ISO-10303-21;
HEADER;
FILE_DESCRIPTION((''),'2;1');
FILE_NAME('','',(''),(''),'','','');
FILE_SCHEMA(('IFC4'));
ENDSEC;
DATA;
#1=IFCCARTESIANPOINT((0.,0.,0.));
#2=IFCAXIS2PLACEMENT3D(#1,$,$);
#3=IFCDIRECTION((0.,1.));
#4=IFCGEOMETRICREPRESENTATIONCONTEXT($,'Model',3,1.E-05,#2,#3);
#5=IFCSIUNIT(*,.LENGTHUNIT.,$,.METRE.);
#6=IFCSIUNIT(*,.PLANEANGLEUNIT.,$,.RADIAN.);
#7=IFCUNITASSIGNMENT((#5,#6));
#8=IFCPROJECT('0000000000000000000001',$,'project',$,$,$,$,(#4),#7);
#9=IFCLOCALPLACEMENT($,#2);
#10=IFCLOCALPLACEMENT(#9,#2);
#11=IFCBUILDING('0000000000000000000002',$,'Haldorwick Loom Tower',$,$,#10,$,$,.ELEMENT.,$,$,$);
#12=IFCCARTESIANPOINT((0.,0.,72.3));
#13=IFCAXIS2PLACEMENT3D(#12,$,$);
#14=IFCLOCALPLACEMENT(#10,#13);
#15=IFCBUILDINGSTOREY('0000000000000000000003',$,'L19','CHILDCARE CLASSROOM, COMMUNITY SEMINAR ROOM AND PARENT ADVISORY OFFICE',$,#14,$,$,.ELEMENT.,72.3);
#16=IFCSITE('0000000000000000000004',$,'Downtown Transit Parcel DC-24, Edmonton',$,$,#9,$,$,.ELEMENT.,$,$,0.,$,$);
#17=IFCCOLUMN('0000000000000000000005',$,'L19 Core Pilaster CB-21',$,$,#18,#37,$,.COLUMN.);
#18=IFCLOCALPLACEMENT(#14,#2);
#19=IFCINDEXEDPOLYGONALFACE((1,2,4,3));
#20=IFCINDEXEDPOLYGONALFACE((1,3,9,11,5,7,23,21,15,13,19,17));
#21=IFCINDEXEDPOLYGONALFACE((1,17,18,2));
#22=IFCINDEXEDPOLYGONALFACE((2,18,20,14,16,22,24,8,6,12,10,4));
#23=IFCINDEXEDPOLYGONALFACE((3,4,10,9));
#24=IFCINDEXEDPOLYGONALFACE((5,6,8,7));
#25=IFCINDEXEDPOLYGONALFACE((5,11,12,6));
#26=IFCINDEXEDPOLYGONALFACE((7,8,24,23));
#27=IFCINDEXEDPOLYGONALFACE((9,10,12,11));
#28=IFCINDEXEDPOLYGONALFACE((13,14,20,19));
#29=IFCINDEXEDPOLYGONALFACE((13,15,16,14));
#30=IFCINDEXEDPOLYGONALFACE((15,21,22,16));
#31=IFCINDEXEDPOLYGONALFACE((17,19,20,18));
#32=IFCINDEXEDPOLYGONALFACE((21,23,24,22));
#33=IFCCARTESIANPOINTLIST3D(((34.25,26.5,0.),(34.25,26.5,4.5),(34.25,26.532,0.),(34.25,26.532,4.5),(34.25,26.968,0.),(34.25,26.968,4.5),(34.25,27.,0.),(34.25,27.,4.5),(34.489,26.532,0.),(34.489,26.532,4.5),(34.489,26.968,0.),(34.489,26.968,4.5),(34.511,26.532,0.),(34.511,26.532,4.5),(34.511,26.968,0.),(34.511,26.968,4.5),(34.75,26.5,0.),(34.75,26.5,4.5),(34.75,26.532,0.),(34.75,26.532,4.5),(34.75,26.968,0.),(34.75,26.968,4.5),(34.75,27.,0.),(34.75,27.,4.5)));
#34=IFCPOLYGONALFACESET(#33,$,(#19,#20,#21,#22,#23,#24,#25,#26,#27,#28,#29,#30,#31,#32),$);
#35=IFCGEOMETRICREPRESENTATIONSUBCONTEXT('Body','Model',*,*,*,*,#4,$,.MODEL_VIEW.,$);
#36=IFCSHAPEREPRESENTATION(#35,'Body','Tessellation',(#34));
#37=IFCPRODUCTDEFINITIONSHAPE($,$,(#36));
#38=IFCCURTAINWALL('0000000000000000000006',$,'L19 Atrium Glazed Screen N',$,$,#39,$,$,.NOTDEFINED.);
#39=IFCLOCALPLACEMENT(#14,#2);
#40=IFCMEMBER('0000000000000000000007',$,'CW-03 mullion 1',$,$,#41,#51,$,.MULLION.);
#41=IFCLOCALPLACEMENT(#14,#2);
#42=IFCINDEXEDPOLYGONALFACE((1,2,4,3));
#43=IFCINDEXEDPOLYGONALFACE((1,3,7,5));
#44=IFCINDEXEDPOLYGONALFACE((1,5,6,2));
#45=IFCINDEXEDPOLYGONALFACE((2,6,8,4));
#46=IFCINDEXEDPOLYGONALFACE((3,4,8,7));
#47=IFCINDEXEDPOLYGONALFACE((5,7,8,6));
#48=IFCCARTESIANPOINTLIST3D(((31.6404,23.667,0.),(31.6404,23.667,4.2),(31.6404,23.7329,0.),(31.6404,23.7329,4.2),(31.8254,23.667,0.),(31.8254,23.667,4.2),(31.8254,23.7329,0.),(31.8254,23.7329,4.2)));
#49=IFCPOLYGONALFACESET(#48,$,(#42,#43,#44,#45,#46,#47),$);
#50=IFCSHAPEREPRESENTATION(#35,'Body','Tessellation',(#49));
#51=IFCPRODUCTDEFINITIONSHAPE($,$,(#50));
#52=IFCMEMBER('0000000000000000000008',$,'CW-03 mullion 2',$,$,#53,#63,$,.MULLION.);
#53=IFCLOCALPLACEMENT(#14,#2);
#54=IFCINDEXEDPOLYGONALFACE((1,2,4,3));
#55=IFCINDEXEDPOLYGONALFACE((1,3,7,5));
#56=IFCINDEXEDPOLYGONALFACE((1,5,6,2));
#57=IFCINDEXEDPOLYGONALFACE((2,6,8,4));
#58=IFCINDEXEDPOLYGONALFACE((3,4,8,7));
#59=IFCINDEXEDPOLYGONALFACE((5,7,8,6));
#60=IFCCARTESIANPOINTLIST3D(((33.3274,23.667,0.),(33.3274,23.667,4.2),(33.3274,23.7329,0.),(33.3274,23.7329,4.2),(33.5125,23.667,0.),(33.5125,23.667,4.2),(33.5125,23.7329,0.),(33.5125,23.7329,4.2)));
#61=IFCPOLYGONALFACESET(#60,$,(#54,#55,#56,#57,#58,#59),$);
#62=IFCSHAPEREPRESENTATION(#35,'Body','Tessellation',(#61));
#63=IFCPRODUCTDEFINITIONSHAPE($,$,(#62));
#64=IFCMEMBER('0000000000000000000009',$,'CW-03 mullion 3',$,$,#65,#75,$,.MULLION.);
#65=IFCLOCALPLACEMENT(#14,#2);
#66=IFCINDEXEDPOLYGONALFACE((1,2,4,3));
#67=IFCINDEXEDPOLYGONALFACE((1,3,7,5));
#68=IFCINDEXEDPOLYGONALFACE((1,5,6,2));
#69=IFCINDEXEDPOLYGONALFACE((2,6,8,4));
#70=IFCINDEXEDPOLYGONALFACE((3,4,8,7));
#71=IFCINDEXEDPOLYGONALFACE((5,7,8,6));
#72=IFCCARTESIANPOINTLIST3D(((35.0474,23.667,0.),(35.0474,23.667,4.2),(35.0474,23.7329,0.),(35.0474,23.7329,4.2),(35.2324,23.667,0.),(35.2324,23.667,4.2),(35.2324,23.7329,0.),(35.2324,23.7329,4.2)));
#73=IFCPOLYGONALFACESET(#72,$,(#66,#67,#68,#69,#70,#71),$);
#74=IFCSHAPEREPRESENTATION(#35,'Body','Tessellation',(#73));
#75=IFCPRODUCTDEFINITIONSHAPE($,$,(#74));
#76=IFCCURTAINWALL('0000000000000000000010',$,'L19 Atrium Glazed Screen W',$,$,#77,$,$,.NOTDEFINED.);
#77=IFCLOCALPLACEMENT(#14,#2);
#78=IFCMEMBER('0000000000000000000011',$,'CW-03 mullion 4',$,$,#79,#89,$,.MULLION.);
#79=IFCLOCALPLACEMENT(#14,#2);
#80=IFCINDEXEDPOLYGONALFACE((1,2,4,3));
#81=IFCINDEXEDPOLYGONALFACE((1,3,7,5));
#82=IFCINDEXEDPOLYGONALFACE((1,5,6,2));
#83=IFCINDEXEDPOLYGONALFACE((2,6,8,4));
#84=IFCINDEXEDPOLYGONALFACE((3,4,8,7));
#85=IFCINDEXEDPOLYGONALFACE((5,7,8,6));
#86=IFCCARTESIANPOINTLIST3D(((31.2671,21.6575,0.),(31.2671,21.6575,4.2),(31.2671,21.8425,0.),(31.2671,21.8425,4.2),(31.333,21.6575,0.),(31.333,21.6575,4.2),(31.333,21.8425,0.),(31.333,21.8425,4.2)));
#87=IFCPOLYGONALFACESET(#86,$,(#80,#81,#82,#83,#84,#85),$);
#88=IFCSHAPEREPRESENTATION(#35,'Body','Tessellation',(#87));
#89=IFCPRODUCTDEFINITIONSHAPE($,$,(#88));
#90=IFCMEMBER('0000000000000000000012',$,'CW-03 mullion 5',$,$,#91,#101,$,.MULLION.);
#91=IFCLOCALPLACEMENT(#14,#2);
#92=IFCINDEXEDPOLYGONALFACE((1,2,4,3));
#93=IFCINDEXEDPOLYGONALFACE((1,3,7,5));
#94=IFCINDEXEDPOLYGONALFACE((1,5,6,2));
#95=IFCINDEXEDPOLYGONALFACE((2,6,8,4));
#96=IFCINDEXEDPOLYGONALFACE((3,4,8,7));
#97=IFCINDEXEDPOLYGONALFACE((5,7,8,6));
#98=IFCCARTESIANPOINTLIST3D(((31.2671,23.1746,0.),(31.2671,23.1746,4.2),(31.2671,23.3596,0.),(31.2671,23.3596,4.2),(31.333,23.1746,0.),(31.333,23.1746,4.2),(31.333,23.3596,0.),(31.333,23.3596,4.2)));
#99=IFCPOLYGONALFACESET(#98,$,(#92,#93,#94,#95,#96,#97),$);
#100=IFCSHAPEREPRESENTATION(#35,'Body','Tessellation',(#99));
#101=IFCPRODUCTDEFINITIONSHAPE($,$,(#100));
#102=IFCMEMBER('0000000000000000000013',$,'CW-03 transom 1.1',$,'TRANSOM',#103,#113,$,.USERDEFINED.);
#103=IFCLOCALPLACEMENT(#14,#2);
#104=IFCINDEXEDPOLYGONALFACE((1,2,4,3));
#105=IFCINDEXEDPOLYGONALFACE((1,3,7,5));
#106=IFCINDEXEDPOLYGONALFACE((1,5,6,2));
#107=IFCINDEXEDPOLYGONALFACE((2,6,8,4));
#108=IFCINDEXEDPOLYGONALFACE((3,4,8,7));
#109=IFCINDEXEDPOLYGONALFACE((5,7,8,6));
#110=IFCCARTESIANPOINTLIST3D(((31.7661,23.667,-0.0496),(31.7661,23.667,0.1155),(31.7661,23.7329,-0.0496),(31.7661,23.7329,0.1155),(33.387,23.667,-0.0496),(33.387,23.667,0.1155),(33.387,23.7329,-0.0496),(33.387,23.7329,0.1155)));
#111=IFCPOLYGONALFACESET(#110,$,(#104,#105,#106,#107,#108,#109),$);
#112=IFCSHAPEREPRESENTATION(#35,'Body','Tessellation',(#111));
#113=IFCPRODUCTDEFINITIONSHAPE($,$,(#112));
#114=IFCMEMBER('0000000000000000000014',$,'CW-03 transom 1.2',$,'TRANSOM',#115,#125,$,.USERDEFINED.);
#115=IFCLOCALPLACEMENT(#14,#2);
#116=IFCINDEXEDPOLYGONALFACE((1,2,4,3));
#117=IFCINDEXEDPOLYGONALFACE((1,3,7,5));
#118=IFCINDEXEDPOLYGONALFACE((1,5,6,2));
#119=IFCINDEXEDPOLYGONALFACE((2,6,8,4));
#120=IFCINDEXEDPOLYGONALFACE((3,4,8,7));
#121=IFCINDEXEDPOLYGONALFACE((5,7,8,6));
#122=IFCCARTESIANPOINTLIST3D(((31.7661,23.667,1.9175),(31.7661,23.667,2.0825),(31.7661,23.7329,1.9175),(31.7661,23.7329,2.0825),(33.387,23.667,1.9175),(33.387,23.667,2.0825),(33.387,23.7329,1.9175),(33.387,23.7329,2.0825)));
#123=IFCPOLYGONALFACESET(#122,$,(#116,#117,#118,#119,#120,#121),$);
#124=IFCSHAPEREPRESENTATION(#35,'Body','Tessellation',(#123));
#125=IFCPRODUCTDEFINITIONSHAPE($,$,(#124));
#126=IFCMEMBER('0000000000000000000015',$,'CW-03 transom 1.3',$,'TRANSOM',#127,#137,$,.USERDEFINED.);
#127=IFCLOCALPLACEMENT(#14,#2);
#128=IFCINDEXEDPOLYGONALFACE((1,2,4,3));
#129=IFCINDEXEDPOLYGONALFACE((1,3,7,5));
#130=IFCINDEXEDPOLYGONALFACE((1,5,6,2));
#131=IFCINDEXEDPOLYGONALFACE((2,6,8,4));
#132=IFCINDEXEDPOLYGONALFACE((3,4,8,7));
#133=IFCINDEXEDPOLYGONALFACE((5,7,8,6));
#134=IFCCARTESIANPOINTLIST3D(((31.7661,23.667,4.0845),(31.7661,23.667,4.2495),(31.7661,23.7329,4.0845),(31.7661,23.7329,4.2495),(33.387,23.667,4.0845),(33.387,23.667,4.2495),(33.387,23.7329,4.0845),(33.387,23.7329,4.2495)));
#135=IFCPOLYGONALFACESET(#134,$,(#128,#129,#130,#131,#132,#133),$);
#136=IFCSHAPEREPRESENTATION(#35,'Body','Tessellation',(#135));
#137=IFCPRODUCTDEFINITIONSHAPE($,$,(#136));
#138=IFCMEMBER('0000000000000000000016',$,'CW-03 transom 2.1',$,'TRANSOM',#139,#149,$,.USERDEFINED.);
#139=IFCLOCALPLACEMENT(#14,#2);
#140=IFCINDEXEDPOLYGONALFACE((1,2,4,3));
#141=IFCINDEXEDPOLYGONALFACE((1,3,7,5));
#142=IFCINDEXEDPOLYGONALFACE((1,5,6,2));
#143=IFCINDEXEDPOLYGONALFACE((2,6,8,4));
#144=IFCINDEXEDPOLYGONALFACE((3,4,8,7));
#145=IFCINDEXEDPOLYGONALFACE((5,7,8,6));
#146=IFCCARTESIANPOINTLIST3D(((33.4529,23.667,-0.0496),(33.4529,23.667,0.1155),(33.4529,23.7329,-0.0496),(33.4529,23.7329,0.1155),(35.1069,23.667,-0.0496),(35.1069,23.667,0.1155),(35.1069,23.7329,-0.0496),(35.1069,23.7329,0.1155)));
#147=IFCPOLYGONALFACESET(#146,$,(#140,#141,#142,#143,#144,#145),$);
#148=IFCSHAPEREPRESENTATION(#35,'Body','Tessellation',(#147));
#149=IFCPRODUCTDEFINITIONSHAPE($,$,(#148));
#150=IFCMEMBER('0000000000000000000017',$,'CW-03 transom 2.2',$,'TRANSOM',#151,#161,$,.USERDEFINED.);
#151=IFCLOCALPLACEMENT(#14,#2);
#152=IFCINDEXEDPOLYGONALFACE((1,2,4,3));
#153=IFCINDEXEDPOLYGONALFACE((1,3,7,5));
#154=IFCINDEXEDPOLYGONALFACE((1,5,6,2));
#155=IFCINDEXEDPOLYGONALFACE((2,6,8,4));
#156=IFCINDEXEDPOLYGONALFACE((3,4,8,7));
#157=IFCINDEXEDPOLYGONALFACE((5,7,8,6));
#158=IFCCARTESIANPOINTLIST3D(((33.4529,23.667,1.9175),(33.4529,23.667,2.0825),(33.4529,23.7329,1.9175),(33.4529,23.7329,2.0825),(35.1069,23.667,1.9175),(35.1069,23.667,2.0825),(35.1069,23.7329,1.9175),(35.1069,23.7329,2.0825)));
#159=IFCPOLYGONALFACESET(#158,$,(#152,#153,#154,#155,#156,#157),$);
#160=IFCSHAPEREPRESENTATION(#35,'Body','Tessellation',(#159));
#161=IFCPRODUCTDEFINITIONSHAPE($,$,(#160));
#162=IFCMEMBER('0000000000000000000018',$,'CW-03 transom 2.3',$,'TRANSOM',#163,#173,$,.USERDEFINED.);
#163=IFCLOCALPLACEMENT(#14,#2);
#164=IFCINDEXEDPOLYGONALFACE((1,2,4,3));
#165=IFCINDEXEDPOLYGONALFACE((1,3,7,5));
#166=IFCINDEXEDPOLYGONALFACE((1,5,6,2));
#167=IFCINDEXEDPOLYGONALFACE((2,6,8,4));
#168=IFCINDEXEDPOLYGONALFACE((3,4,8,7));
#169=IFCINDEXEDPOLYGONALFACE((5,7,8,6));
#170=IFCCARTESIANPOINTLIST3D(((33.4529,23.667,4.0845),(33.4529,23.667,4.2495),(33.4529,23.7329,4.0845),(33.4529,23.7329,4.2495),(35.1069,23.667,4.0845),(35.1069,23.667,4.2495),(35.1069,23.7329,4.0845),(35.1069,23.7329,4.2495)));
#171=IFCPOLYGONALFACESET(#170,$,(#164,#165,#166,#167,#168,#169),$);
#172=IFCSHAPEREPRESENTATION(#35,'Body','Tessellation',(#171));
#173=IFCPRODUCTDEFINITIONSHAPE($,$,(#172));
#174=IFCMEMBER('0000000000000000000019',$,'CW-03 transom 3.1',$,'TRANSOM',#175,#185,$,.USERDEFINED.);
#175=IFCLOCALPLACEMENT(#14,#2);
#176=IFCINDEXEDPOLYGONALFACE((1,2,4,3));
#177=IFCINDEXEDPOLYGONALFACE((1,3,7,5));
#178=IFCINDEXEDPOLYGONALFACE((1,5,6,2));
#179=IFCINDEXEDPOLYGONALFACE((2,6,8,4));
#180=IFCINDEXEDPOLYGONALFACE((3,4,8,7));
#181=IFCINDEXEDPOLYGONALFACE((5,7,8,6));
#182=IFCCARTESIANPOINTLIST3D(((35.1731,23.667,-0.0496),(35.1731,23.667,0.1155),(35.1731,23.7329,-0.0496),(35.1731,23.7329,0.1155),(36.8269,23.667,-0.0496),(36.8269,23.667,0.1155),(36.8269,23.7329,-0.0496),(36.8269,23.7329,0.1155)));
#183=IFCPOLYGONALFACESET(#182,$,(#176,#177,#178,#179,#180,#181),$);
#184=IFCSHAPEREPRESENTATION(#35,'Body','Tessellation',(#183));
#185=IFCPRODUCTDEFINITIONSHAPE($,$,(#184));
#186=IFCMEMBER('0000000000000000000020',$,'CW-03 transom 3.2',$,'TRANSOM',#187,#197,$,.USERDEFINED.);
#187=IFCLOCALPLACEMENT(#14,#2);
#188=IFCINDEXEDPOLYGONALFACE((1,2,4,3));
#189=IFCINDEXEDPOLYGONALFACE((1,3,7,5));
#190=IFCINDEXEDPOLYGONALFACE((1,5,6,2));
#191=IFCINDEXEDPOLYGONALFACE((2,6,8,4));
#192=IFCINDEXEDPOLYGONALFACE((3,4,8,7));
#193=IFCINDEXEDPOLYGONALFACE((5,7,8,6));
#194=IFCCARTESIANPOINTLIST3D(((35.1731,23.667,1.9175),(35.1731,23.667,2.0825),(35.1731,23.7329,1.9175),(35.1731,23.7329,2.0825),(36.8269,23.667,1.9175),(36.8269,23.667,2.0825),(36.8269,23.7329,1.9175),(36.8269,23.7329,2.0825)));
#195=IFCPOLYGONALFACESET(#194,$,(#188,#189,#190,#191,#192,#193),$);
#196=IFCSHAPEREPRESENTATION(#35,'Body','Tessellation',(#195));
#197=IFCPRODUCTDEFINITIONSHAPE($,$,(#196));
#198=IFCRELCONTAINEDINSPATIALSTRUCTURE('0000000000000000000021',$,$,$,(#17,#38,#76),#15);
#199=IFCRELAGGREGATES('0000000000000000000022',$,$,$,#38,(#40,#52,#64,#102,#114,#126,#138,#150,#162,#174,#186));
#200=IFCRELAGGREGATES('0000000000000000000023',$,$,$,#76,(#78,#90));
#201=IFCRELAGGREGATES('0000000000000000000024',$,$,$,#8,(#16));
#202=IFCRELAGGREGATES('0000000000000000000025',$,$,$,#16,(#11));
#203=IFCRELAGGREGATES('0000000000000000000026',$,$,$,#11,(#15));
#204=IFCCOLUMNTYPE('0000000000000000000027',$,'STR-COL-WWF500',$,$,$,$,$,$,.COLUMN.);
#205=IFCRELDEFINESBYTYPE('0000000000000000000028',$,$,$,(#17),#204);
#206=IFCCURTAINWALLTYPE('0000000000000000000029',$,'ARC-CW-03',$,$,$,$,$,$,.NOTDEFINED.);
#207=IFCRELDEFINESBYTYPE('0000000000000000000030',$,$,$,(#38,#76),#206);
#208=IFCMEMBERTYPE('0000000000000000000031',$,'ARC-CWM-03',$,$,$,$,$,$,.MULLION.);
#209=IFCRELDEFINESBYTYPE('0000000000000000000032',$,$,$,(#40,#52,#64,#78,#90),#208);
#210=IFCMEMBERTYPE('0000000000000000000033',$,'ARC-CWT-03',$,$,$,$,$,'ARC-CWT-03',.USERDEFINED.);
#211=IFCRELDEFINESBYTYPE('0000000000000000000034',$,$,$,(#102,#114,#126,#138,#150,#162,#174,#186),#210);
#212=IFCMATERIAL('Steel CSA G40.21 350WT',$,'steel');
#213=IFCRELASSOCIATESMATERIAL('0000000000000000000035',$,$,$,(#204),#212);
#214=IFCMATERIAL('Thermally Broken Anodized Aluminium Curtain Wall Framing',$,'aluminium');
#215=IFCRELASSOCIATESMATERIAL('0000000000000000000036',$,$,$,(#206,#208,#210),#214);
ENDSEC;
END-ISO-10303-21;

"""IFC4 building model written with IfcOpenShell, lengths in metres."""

from ifc_helpers import new_model, si_unit, direction, frame, origin, origin_2d, place, context, subcontext, project, spatial, rectangle, i_section, extrude, material, material_profile, profile_set, type_object, element, aggregate, save


model = new_model("IFC4")

# Units and contexts
model_context = context("Model", 3, precision=1e-05, world=origin(), true_north=direction((0.0, 1.0)))
body_context = subcontext(model_context, "Body", "Model", "MODEL_VIEW")
ifc_project = project(units=[si_unit("LENGTHUNIT", "METRE"), si_unit("PLANEANGLEUNIT", "RADIAN")], contexts=[model_context])

# Site, building, storey
site_placement = place(None, origin())
site = spatial("IfcSite", under=ifc_project, at=site_placement, Name="Downtown Transit Parcel DC-24, Edmonton", CompositionType="ELEMENT", RefElevation=0.0)
building_placement = place(site_placement, origin())
building = spatial("IfcBuilding", under=site, at=building_placement, Name="Haldorwick Loom Tower", CompositionType="ELEMENT")
storey_placement = place(building_placement, frame((0.0, 0.0, 72.3)))
storey = spatial("IfcBuildingStorey", under=building, at=storey_placement, Name="L19", Description="CHILDCARE CLASSROOM, COMMUNITY SEMINAR ROOM AND PARENT ADVISORY OFFICE", CompositionType="ELEMENT", Elevation=72.3)

# Column
ifc_material_1 = material(Name="Steel CSA G40.21 350WT", Category="steel")
ifc_material_profile_1 = material_profile(ifc_material_1, i_section(OverallWidth=0.5, OverallDepth=0.5, WebThickness=0.022, FlangeThickness=0.032, at=origin_2d()), Name="WWF500X500", Category="steel")
ifc_profile_set_1 = profile_set([ifc_material_profile_1], Name="Steel CSA G40.21 350WT")
column_type = type_object("IfcColumnType", Name="STR-COL-WWF500", PredefinedType="COLUMN", material=ifc_profile_set_1)
column_placement = place(storey_placement, frame((34.5, 26.75, 0.0), z_axis=(0.0, 0.0, 1.0), x_axis=(1.0, 0.0, 0.0)))
element("IfcColumn", 1, at=column_placement, inside=storey, type_object=column_type, Name="L19 Core Pilaster CB-21", PredefinedType="COLUMN", context=body_context, shape_type="SweptSolid", body=[
    extrude(i_section(OverallWidth=0.5, OverallDepth=0.5, WebThickness=0.022, FlangeThickness=0.032, at=origin_2d()), origin(), (0.0, 0.0, 1.0), 4.5),
])

# Curtain walls, members
ifc_material_2 = material(Name="Thermally Broken Anodized Aluminium Curtain Wall Framing", Category="aluminium")
curtain_wall_type = type_object("IfcCurtainWallType", Name="ARC-CW-03", PredefinedType="NOTDEFINED", material=ifc_material_2)
curtain_wall_1_placement = place(storey_placement, origin())
curtain_wall_1 = element("IfcCurtainWall", 2, at=curtain_wall_1_placement, inside=storey, type_object=curtain_wall_type, Name="L19 Atrium Glazed Screen N", PredefinedType="NOTDEFINED")
ifc_material_profile_2 = material_profile(ifc_material_2, rectangle(XDim=0.0659, YDim=0.1851, at=origin_2d()), Name="ALU_MUL_66X185", Category="aluminium")
ifc_profile_set_2 = profile_set([ifc_material_profile_2], Name="Thermally Broken Anodized Aluminium Curtain Wall Framing")
member_type_1 = type_object("IfcMemberType", Name="ARC-CWM-03", PredefinedType="MULLION", material=ifc_profile_set_2)
member_1_placement = place(storey_placement, frame((31.7329, 23.7, 0.0), z_axis=(0.0, 0.0, 1.0), x_axis=(0.0, 1.0, 0.0)))
member_1 = element("IfcMember", 3, at=member_1_placement, type_object=member_type_1, Name="CW-03 mullion 1", PredefinedType="MULLION", context=body_context, shape_type="SweptSolid", body=[
    extrude(rectangle(XDim=0.0659, YDim=0.1851, at=origin_2d()), origin(), (0.0, 0.0, 1.0), 4.2),
])
member_2_placement = place(storey_placement, frame((33.4199, 23.7, 0.0), z_axis=(0.0, 0.0, 1.0), x_axis=(0.0, 1.0, 0.0)))
member_2 = element("IfcMember", 4, at=member_2_placement, type_object=member_type_1, Name="CW-03 mullion 2", PredefinedType="MULLION", context=body_context, shape_type="SweptSolid", body=[
    extrude(rectangle(XDim=0.0659, YDim=0.1851, at=origin_2d()), origin(), (0.0, 0.0, 1.0), 4.2),
])
member_3_placement = place(storey_placement, frame((35.1399, 23.7, 0.0), z_axis=(0.0, 0.0, 1.0), x_axis=(0.0, 1.0, 0.0)))
member_3 = element("IfcMember", 5, at=member_3_placement, type_object=member_type_1, Name="CW-03 mullion 3", PredefinedType="MULLION", context=body_context, shape_type="SweptSolid", body=[
    extrude(rectangle(XDim=0.0659, YDim=0.1851, at=origin_2d()), origin(), (0.0, 0.0, 1.0), 4.2),
])
curtain_wall_2_placement = place(storey_placement, origin())
curtain_wall_2 = element("IfcCurtainWall", 6, at=curtain_wall_2_placement, inside=storey, type_object=curtain_wall_type, Name="L19 Atrium Glazed Screen W", PredefinedType="NOTDEFINED")
member_4_placement = place(storey_placement, frame((31.3, 21.75, 0.0), z_axis=(0.0, 0.0, 1.0), x_axis=(-1.0, 0.0, 0.0)))
member_4 = element("IfcMember", 7, at=member_4_placement, type_object=member_type_1, Name="CW-03 mullion 4", PredefinedType="MULLION", context=body_context, shape_type="SweptSolid", body=[
    extrude(rectangle(XDim=0.0659, YDim=0.1851, at=origin_2d()), origin(), (0.0, 0.0, 1.0), 4.2),
])
member_5_placement = place(storey_placement, frame((31.3, 23.2671, 0.0), z_axis=(0.0, 0.0, 1.0), x_axis=(-1.0, 0.0, 0.0)))
member_5 = element("IfcMember", 8, at=member_5_placement, type_object=member_type_1, Name="CW-03 mullion 5", PredefinedType="MULLION", context=body_context, shape_type="SweptSolid", body=[
    extrude(rectangle(XDim=0.0659, YDim=0.1851, at=origin_2d()), origin(), (0.0, 0.0, 1.0), 4.2),
])

# Members
ifc_material_profile_3 = material_profile(ifc_material_2, rectangle(XDim=0.0659, YDim=0.165, at=origin_2d()), Name="ALU_TRN_66X165", Category="aluminium")
ifc_profile_set_3 = profile_set([ifc_material_profile_3], Name="Thermally Broken Anodized Aluminium Curtain Wall Framing")
member_type_2 = type_object("IfcMemberType", Name="ARC-CWT-03", ElementType="ARC-CWT-03", PredefinedType="USERDEFINED", material=ifc_profile_set_3)
member_6_placement = place(storey_placement, frame((31.7661, 23.7, 0.033), z_axis=(1.0, 0.0, 0.0), x_axis=(0.0, 1.0, 0.0)))
member_6 = element("IfcMember", 9, at=member_6_placement, type_object=member_type_2, Name="CW-03 transom 1.1", ObjectType="TRANSOM", PredefinedType="USERDEFINED", context=body_context, shape_type="SweptSolid", body=[
    extrude(rectangle(XDim=0.0659, YDim=0.165, at=origin_2d()), origin(), (0.0, 0.0, 1.0), 1.6208),
])
member_7_placement = place(storey_placement, frame((31.7661, 23.7, 2.0), z_axis=(1.0, 0.0, 0.0), x_axis=(0.0, 1.0, 0.0)))
member_7 = element("IfcMember", 10, at=member_7_placement, type_object=member_type_2, Name="CW-03 transom 1.2", ObjectType="TRANSOM", PredefinedType="USERDEFINED", context=body_context, shape_type="SweptSolid", body=[
    extrude(rectangle(XDim=0.0659, YDim=0.165, at=origin_2d()), origin(), (0.0, 0.0, 1.0), 1.6208),
])
member_8_placement = place(storey_placement, frame((31.7661, 23.7, 4.167), z_axis=(1.0, 0.0, 0.0), x_axis=(0.0, 1.0, 0.0)))
member_8 = element("IfcMember", 11, at=member_8_placement, type_object=member_type_2, Name="CW-03 transom 1.3", ObjectType="TRANSOM", PredefinedType="USERDEFINED", context=body_context, shape_type="SweptSolid", body=[
    extrude(rectangle(XDim=0.0659, YDim=0.165, at=origin_2d()), origin(), (0.0, 0.0, 1.0), 1.6208),
])
member_9_placement = place(storey_placement, frame((33.4529, 23.7, 0.033), z_axis=(1.0, 0.0, 0.0), x_axis=(0.0, 1.0, 0.0)))
member_9 = element("IfcMember", 12, at=member_9_placement, type_object=member_type_2, Name="CW-03 transom 2.1", ObjectType="TRANSOM", PredefinedType="USERDEFINED", context=body_context, shape_type="SweptSolid", body=[
    extrude(rectangle(XDim=0.0659, YDim=0.165, at=origin_2d()), origin(), (0.0, 0.0, 1.0), 1.6541),
])
member_10_placement = place(storey_placement, frame((33.4529, 23.7, 2.0), z_axis=(1.0, 0.0, 0.0), x_axis=(0.0, 1.0, 0.0)))
member_10 = element("IfcMember", 13, at=member_10_placement, type_object=member_type_2, Name="CW-03 transom 2.2", ObjectType="TRANSOM", PredefinedType="USERDEFINED", context=body_context, shape_type="SweptSolid", body=[
    extrude(rectangle(XDim=0.0659, YDim=0.165, at=origin_2d()), origin(), (0.0, 0.0, 1.0), 1.6541),
])
member_11_placement = place(storey_placement, frame((33.4529, 23.7, 4.167), z_axis=(1.0, 0.0, 0.0), x_axis=(0.0, 1.0, 0.0)))
member_11 = element("IfcMember", 14, at=member_11_placement, type_object=member_type_2, Name="CW-03 transom 2.3", ObjectType="TRANSOM", PredefinedType="USERDEFINED", context=body_context, shape_type="SweptSolid", body=[
    extrude(rectangle(XDim=0.0659, YDim=0.165, at=origin_2d()), origin(), (0.0, 0.0, 1.0), 1.6541),
])
member_12_placement = place(storey_placement, frame((35.1731, 23.7, 0.033), z_axis=(1.0, 0.0, 0.0), x_axis=(0.0, 1.0, 0.0)))
member_12 = element("IfcMember", 15, at=member_12_placement, type_object=member_type_2, Name="CW-03 transom 3.1", ObjectType="TRANSOM", PredefinedType="USERDEFINED", context=body_context, shape_type="SweptSolid", body=[
    extrude(rectangle(XDim=0.0659, YDim=0.165, at=origin_2d()), origin(), (0.0, 0.0, 1.0), 1.6538),
])
member_13_placement = place(storey_placement, frame((35.1731, 23.7, 2.0), z_axis=(1.0, 0.0, 0.0), x_axis=(0.0, 1.0, 0.0)))
member_13 = element("IfcMember", 16, at=member_13_placement, type_object=member_type_2, Name="CW-03 transom 3.2", ObjectType="TRANSOM", PredefinedType="USERDEFINED", context=body_context, shape_type="SweptSolid", body=[
    extrude(rectangle(XDim=0.0659, YDim=0.165, at=origin_2d()), origin(), (0.0, 0.0, 1.0), 1.6538),
])

aggregate(curtain_wall_1, [member_1, member_2, member_3, member_6, member_7, member_8, member_9, member_10, member_11, member_12, member_13])
aggregate(curtain_wall_2, [member_4, member_5])

save(model, "model.ifc")
